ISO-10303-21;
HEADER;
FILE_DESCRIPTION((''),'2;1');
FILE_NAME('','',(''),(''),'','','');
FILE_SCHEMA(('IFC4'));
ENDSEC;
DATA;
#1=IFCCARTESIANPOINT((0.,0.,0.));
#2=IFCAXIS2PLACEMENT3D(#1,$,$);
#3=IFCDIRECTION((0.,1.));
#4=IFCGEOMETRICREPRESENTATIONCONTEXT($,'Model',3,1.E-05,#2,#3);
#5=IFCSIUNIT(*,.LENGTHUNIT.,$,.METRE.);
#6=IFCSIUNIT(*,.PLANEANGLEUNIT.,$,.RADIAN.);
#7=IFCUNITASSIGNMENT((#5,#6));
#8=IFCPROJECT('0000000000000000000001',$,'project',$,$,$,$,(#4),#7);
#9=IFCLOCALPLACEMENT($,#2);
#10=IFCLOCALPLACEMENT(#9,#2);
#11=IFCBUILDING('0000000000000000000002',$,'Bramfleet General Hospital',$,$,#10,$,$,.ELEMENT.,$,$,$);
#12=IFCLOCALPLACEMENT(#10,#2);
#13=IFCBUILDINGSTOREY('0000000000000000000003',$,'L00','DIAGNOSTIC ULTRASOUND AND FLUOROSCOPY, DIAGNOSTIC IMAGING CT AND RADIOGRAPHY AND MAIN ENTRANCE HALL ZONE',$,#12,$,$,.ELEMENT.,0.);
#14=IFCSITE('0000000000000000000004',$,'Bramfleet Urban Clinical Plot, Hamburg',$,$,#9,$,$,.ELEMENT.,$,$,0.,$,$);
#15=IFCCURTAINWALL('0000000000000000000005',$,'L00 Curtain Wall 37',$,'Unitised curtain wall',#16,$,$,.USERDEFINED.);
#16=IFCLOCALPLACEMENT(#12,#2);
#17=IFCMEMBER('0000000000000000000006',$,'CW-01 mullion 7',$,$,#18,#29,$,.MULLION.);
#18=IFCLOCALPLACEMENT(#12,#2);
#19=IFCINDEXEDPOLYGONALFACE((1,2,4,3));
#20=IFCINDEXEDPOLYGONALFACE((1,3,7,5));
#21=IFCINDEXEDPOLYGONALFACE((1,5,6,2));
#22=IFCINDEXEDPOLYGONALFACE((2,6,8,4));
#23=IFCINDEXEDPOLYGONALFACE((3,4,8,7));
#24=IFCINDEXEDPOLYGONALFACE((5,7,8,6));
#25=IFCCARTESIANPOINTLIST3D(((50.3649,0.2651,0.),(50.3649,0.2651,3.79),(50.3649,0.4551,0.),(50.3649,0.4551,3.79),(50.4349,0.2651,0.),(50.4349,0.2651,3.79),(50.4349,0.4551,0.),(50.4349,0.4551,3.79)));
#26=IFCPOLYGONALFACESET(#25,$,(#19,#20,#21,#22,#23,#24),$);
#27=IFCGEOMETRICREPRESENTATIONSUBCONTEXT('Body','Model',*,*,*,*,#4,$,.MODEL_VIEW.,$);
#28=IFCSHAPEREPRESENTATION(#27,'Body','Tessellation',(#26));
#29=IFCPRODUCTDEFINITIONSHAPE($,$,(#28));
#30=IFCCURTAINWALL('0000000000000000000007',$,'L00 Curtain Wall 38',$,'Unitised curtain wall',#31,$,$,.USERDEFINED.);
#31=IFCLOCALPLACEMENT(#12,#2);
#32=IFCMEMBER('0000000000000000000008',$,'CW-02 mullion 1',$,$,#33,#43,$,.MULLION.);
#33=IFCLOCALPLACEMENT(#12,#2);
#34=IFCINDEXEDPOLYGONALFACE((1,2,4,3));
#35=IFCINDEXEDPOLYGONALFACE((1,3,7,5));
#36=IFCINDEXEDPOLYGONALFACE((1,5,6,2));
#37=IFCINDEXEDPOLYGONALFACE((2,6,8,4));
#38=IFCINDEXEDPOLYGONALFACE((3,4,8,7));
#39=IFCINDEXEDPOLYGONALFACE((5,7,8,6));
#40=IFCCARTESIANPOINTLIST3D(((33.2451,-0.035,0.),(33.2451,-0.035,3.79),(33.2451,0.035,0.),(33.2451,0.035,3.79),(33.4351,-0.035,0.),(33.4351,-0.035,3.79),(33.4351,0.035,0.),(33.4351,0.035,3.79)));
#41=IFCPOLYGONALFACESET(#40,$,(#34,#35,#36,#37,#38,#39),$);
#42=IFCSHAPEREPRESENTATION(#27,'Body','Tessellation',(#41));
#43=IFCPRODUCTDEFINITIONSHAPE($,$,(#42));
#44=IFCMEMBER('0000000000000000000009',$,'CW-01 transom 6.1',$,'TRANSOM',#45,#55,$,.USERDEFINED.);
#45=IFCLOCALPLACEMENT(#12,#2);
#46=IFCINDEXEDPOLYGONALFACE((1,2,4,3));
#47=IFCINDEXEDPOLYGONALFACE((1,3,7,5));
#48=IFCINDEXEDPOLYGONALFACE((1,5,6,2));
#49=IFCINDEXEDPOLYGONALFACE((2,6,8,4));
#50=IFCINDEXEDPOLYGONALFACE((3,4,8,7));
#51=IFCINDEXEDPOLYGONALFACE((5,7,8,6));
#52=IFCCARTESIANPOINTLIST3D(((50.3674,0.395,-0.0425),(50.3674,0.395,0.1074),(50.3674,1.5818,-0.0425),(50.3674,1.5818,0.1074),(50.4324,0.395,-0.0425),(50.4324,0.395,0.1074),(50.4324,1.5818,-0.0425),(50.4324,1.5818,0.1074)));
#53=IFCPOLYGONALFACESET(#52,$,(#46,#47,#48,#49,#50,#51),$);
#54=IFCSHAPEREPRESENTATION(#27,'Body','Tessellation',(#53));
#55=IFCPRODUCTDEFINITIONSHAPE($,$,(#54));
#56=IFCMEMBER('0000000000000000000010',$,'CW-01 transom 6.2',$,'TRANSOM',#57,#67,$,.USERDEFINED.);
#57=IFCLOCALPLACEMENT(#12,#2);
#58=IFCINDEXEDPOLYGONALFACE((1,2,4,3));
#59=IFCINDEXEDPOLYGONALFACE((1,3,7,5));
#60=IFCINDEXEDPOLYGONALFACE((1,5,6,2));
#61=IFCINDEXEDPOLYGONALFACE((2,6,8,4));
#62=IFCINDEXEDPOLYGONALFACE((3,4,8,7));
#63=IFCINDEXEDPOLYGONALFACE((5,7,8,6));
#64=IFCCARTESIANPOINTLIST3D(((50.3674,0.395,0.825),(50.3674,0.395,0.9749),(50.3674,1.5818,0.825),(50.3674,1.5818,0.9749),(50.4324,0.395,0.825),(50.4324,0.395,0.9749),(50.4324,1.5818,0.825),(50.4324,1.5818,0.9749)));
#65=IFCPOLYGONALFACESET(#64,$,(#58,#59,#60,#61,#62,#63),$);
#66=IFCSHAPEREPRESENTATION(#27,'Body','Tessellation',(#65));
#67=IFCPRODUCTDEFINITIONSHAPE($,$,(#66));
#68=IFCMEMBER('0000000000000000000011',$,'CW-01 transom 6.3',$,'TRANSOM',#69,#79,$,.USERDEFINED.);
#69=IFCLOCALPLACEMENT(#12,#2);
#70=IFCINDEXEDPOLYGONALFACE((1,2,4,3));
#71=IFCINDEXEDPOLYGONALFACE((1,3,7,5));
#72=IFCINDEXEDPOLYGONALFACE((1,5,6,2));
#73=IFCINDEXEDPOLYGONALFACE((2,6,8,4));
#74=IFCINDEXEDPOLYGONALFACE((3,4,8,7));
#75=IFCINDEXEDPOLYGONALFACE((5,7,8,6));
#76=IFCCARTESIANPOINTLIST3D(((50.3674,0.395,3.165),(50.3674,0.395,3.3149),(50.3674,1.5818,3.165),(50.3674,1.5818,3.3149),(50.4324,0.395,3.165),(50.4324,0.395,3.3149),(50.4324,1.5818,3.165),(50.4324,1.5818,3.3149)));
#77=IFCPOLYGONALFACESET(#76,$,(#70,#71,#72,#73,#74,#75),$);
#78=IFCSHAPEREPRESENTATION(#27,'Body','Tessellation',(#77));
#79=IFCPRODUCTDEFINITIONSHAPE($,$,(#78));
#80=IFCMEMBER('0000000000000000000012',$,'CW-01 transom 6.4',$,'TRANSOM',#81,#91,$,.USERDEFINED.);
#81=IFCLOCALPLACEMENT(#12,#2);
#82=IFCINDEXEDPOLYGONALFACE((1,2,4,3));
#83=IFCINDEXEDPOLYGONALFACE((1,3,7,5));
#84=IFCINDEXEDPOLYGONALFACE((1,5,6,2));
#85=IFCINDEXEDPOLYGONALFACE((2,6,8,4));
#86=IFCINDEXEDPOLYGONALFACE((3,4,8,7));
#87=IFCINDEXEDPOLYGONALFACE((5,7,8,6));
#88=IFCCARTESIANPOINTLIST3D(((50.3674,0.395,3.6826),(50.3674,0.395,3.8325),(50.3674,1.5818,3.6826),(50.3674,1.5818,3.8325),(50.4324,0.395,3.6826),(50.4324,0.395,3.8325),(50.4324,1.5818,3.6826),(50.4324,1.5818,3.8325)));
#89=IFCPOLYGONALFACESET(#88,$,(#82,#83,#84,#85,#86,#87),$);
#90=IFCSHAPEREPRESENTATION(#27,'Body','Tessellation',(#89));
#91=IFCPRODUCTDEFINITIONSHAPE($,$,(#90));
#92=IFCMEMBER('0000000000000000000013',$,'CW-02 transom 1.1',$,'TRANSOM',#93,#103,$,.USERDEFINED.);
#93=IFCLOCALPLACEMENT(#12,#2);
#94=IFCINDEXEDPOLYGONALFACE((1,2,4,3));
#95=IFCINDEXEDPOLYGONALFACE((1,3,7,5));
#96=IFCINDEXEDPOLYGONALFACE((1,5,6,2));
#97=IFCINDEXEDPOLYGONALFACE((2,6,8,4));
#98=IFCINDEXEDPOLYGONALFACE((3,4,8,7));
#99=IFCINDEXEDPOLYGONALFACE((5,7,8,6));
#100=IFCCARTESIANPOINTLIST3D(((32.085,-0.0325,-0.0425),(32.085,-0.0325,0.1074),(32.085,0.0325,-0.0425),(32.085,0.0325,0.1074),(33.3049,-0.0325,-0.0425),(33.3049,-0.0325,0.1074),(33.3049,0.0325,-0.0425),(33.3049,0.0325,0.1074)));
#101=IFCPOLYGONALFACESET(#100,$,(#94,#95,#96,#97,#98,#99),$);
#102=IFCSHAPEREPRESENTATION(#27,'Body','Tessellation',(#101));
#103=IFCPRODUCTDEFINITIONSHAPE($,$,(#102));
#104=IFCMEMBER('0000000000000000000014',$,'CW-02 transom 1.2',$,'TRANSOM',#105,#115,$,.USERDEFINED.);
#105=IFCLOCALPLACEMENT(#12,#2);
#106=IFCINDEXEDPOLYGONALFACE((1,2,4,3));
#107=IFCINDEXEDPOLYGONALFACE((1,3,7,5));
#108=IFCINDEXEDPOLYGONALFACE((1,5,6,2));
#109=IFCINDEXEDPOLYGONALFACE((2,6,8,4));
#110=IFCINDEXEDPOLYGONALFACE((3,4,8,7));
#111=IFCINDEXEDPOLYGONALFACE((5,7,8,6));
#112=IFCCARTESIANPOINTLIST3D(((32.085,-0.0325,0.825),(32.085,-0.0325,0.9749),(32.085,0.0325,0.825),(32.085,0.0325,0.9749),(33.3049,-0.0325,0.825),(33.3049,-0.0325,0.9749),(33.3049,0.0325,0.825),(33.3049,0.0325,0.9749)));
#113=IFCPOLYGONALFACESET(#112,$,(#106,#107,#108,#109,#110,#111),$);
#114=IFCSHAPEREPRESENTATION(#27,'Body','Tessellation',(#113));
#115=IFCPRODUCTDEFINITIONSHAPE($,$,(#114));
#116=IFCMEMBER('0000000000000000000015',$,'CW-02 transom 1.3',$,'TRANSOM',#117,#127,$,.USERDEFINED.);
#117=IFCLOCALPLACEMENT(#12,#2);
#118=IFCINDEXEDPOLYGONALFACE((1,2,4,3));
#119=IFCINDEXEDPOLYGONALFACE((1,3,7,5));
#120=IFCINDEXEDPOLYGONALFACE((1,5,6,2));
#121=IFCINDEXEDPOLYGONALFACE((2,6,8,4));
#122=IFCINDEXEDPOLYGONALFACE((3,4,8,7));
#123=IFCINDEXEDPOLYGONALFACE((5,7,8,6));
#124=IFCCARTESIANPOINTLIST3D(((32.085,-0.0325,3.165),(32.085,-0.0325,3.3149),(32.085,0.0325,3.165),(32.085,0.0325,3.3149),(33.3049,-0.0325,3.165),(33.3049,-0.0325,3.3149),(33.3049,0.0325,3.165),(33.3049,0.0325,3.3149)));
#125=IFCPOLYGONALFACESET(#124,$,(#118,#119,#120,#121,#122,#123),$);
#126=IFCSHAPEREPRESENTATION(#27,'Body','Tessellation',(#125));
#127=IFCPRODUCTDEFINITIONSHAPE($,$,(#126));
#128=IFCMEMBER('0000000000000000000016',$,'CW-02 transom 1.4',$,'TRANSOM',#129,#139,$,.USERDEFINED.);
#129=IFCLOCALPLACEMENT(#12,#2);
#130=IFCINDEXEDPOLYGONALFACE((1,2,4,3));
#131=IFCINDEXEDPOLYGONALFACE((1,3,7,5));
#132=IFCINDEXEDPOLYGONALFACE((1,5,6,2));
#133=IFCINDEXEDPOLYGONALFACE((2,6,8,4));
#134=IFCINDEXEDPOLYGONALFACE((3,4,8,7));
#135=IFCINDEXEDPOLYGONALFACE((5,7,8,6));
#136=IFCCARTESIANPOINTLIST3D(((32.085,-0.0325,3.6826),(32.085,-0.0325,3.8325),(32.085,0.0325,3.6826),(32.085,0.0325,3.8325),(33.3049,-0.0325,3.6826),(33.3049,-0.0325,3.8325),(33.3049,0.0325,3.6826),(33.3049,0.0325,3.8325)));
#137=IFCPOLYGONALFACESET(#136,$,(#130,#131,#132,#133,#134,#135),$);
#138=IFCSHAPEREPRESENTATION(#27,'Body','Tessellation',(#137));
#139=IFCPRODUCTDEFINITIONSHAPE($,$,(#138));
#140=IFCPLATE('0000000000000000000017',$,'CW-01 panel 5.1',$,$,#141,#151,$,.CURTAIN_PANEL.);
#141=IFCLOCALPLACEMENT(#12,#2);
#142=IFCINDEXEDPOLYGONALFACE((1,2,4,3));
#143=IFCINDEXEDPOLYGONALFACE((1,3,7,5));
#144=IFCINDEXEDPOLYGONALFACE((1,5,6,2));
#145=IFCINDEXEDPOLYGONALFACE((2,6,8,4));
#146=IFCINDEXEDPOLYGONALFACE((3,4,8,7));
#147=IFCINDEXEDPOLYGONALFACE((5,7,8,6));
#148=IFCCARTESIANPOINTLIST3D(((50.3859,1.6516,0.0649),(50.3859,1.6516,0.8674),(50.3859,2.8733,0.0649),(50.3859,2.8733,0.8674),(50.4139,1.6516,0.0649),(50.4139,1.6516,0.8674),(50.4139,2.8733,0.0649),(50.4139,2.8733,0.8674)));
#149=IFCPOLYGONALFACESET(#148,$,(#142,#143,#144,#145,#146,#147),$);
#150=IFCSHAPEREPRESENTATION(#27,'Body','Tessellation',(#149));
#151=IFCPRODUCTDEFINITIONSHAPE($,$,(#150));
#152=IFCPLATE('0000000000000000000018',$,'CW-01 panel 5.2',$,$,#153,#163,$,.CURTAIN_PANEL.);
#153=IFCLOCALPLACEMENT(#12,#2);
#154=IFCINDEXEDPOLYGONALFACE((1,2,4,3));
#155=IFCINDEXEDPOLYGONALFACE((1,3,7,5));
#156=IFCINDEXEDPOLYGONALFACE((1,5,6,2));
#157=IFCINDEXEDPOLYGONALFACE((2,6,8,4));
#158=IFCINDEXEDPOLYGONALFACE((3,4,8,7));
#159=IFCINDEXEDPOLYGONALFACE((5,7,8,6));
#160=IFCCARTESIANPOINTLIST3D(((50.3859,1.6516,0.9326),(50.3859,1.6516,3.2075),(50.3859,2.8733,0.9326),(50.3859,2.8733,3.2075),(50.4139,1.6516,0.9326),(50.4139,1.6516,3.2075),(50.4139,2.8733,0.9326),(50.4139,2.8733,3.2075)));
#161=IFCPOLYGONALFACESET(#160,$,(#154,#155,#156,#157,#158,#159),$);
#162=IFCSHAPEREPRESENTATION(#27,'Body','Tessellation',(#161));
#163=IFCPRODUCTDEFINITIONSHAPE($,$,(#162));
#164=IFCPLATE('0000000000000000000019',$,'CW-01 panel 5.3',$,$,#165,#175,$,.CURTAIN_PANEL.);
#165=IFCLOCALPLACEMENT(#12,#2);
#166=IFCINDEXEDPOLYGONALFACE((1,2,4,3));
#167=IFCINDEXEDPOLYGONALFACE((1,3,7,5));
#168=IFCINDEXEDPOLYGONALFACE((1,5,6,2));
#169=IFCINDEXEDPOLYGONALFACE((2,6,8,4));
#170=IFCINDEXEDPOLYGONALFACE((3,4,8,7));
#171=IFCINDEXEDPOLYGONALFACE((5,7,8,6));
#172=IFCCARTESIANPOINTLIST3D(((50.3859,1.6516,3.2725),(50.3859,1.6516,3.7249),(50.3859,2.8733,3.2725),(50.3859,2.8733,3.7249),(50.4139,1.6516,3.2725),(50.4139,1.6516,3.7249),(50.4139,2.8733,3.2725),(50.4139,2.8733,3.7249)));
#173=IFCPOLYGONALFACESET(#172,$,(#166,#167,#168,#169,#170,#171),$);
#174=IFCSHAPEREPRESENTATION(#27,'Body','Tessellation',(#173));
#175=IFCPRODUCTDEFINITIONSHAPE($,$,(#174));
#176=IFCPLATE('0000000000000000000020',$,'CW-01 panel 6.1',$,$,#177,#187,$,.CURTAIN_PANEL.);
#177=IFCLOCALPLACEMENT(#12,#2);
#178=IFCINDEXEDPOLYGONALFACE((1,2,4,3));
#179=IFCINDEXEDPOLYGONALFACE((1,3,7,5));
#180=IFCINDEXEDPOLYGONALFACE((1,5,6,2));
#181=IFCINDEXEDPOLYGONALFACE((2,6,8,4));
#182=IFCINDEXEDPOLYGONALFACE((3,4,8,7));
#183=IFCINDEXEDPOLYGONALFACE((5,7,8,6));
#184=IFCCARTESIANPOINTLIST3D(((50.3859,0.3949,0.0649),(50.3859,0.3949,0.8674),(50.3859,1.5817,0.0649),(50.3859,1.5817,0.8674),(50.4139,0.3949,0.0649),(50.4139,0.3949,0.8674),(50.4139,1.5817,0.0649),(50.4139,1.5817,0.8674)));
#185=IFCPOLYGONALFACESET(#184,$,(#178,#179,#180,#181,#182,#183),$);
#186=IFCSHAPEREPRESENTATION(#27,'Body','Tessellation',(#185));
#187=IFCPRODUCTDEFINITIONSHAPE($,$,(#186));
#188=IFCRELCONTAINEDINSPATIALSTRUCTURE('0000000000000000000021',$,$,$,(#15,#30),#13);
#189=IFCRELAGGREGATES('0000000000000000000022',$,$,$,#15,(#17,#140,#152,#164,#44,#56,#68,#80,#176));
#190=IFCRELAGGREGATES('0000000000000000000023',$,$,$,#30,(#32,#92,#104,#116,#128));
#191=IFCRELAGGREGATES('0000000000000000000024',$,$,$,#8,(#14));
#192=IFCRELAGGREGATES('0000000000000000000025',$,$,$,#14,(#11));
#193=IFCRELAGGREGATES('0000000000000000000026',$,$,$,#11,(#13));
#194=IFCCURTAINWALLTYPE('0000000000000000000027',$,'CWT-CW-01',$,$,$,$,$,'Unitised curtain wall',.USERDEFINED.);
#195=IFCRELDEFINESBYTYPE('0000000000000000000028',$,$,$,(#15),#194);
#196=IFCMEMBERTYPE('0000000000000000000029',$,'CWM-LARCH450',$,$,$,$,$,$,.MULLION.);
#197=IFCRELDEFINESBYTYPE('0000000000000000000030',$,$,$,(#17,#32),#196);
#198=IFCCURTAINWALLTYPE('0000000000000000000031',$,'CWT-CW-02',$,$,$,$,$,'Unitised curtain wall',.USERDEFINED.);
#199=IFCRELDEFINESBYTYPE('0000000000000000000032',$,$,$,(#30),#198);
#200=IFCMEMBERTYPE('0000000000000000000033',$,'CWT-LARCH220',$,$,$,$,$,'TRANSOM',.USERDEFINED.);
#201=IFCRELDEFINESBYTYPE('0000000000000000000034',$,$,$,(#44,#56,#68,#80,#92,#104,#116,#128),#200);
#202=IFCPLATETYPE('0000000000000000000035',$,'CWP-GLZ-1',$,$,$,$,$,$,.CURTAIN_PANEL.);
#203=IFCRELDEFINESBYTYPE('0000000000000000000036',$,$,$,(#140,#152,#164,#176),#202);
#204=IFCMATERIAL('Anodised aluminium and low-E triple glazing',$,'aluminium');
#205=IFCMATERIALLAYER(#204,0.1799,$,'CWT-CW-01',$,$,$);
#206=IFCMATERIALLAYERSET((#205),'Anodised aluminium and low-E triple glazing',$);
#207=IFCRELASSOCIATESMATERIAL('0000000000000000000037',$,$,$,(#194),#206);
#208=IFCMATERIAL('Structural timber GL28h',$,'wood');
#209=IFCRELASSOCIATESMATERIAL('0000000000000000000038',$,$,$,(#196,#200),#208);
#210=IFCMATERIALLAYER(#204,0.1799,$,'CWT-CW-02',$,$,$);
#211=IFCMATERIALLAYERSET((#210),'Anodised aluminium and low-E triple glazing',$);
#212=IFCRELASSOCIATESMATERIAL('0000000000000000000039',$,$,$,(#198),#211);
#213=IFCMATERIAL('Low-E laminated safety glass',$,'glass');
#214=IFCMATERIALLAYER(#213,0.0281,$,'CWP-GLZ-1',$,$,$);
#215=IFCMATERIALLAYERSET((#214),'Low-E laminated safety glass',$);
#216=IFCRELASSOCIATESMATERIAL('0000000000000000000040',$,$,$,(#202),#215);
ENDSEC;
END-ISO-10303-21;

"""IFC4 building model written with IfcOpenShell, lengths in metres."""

from ifc_helpers import new_model, si_unit, direction, frame, origin, origin_2d, place, context, subcontext, project, spatial, rectangle, extrude, material, layer, layer_set, material_profile, profile_set, type_object, element, aggregate, save


model = new_model("IFC4")

# Units and contexts
model_context = context("Model", 3, precision=1e-05, world=origin(), true_north=direction((0.0, 1.0)))
body_context = subcontext(model_context, "Body", "Model", "MODEL_VIEW")
ifc_project = project(units=[si_unit("LENGTHUNIT", "METRE"), si_unit("PLANEANGLEUNIT", "RADIAN")], contexts=[model_context])

# Site, building, storey
site_placement = place(None, origin())
site = spatial("IfcSite", under=ifc_project, at=site_placement, Name="Bramfleet Urban Clinical Plot, Hamburg", CompositionType="ELEMENT", RefElevation=0.0)
building_placement = place(site_placement, origin())
building = spatial("IfcBuilding", under=site, at=building_placement, Name="Bramfleet General Hospital", CompositionType="ELEMENT")
storey_placement = place(building_placement, origin())
storey = spatial("IfcBuildingStorey", under=building, at=storey_placement, Name="L00", Description="DIAGNOSTIC ULTRASOUND AND FLUOROSCOPY, DIAGNOSTIC IMAGING CT AND RADIOGRAPHY AND MAIN ENTRANCE HALL ZONE", CompositionType="ELEMENT", Elevation=0.0)

# Curtain wall, member
ifc_material_1 = material(Name="Anodised aluminium and low-E triple glazing", Category="aluminium")
ifc_layer_1 = layer(ifc_material_1, 0.1799, Name="CWT-CW-01")
ifc_layer_set_1 = layer_set([ifc_layer_1], Name="Anodised aluminium and low-E triple glazing")
curtain_wall_type_1 = type_object("IfcCurtainWallType", Name="CWT-CW-01", ElementType="Unitised curtain wall", PredefinedType="USERDEFINED", material=ifc_layer_set_1)
curtain_wall_1_placement = place(storey_placement, origin())
curtain_wall_1 = element("IfcCurtainWall", 1, at=curtain_wall_1_placement, inside=storey, type_object=curtain_wall_type_1, Name="L00 Curtain Wall 37", ObjectType="Unitised curtain wall", PredefinedType="USERDEFINED")
ifc_material_2 = material(Name="Structural timber GL28h", Category="wood")
ifc_material_profile_1 = material_profile(ifc_material_2, rectangle(XDim=0.0701, YDim=0.1899, at=origin_2d()), Name="LARCH 190x70")
ifc_profile_set_1 = profile_set([ifc_material_profile_1], Name="Structural timber GL28h")
member_type_1 = type_object("IfcMemberType", Name="CWM-LARCH450", PredefinedType="MULLION", material=ifc_profile_set_1)
member_1_placement = place(storey_placement, frame((50.3999, 0.3601, 0.0), z_axis=(0.0, 0.0, 1.0), x_axis=(1.0, 0.0, 0.0)))
member_1 = element("IfcMember", 2, at=member_1_placement, type_object=member_type_1, Name="CW-01 mullion 7", PredefinedType="MULLION", context=body_context, shape_type="SweptSolid", body=[
    extrude(rectangle(XDim=0.0701, YDim=0.1899, at=origin_2d()), origin(), (0.0, 0.0, 1.0), 3.79),
])

# Curtain wall, member
ifc_layer_2 = layer(ifc_material_1, 0.1799, Name="CWT-CW-02")
ifc_layer_set_2 = layer_set([ifc_layer_2], Name="Anodised aluminium and low-E triple glazing")
curtain_wall_type_2 = type_object("IfcCurtainWallType", Name="CWT-CW-02", ElementType="Unitised curtain wall", PredefinedType="USERDEFINED", material=ifc_layer_set_2)
curtain_wall_2_placement = place(storey_placement, origin())
curtain_wall_2 = element("IfcCurtainWall", 3, at=curtain_wall_2_placement, inside=storey, type_object=curtain_wall_type_2, Name="L00 Curtain Wall 38", ObjectType="Unitised curtain wall", PredefinedType="USERDEFINED")
member_2_placement = place(storey_placement, frame((33.3401, 0.0, 0.0), z_axis=(0.0, 0.0, 1.0), x_axis=(0.0, -1.0, 0.0)))
member_2 = element("IfcMember", 4, at=member_2_placement, type_object=member_type_1, Name="CW-02 mullion 1", PredefinedType="MULLION", context=body_context, shape_type="SweptSolid", body=[
    extrude(rectangle(XDim=0.0701, YDim=0.1899, at=origin_2d()), origin(), (0.0, 0.0, 1.0), 3.79),
])

# Members
ifc_material_profile_2 = material_profile(ifc_material_2, rectangle(XDim=0.0649, YDim=0.1499, at=origin_2d()), Name="LARCH 150x65")
ifc_profile_set_2 = profile_set([ifc_material_profile_2], Name="Structural timber GL28h")
member_type_2 = type_object("IfcMemberType", Name="CWT-LARCH220", ElementType="TRANSOM", PredefinedType="USERDEFINED", material=ifc_profile_set_2)
member_3_placement = place(storey_placement, frame((50.3999, 1.5818, 0.0325), z_axis=(0.0, -1.0, 0.0), x_axis=(1.0, 0.0, 0.0)))
member_3 = element("IfcMember", 5, at=member_3_placement, type_object=member_type_2, Name="CW-01 transom 6.1", ObjectType="TRANSOM", PredefinedType="USERDEFINED", context=body_context, shape_type="SweptSolid", body=[
    extrude(rectangle(XDim=0.0649, YDim=0.1499, at=origin_2d()), origin(), (0.0, 0.0, 1.0), 1.1868),
])
member_4_placement = place(storey_placement, frame((50.3999, 1.5818, 0.8999), z_axis=(0.0, -1.0, 0.0), x_axis=(1.0, 0.0, 0.0)))
member_4 = element("IfcMember", 6, at=member_4_placement, type_object=member_type_2, Name="CW-01 transom 6.2", ObjectType="TRANSOM", PredefinedType="USERDEFINED", context=body_context, shape_type="SweptSolid", body=[
    extrude(rectangle(XDim=0.0649, YDim=0.1499, at=origin_2d()), origin(), (0.0, 0.0, 1.0), 1.1868),
])
member_5_placement = place(storey_placement, frame((50.3999, 1.5818, 3.24), z_axis=(0.0, -1.0, 0.0), x_axis=(1.0, 0.0, 0.0)))
member_5 = element("IfcMember", 7, at=member_5_placement, type_object=member_type_2, Name="CW-01 transom 6.3", ObjectType="TRANSOM", PredefinedType="USERDEFINED", context=body_context, shape_type="SweptSolid", body=[
    extrude(rectangle(XDim=0.0649, YDim=0.1499, at=origin_2d()), origin(), (0.0, 0.0, 1.0), 1.1868),
])
member_6_placement = place(storey_placement, frame((50.3999, 1.5818, 3.7576), z_axis=(0.0, -1.0, 0.0), x_axis=(1.0, 0.0, 0.0)))
member_6 = element("IfcMember", 8, at=member_6_placement, type_object=member_type_2, Name="CW-01 transom 6.4", ObjectType="TRANSOM", PredefinedType="USERDEFINED", context=body_context, shape_type="SweptSolid", body=[
    extrude(rectangle(XDim=0.0649, YDim=0.1499, at=origin_2d()), origin(), (0.0, 0.0, 1.0), 1.1868),
])
member_7_placement = place(storey_placement, frame((33.3049, 0.0, 0.0325), z_axis=(-1.0, 0.0, 0.0), x_axis=(0.0, -1.0, 0.0)))
member_7 = element("IfcMember", 9, at=member_7_placement, type_object=member_type_2, Name="CW-02 transom 1.1", ObjectType="TRANSOM", PredefinedType="USERDEFINED", context=body_context, shape_type="SweptSolid", body=[
    extrude(rectangle(XDim=0.0649, YDim=0.1499, at=origin_2d()), origin(), (0.0, 0.0, 1.0), 1.22),
])
member_8_placement = place(storey_placement, frame((33.3049, 0.0, 0.8999), z_axis=(-1.0, 0.0, 0.0), x_axis=(0.0, -1.0, 0.0)))
member_8 = element("IfcMember", 10, at=member_8_placement, type_object=member_type_2, Name="CW-02 transom 1.2", ObjectType="TRANSOM", PredefinedType="USERDEFINED", context=body_context, shape_type="SweptSolid", body=[
    extrude(rectangle(XDim=0.0649, YDim=0.1499, at=origin_2d()), origin(), (0.0, 0.0, 1.0), 1.22),
])
member_9_placement = place(storey_placement, frame((33.3049, 0.0, 3.24), z_axis=(-1.0, 0.0, 0.0), x_axis=(0.0, -1.0, 0.0)))
member_9 = element("IfcMember", 11, at=member_9_placement, type_object=member_type_2, Name="CW-02 transom 1.3", ObjectType="TRANSOM", PredefinedType="USERDEFINED", context=body_context, shape_type="SweptSolid", body=[
    extrude(rectangle(XDim=0.0649, YDim=0.1499, at=origin_2d()), origin(), (0.0, 0.0, 1.0), 1.22),
])
member_10_placement = place(storey_placement, frame((33.3049, 0.0, 3.7576), z_axis=(-1.0, 0.0, 0.0), x_axis=(0.0, -1.0, 0.0)))
member_10 = element("IfcMember", 12, at=member_10_placement, type_object=member_type_2, Name="CW-02 transom 1.4", ObjectType="TRANSOM", PredefinedType="USERDEFINED", context=body_context, shape_type="SweptSolid", body=[
    extrude(rectangle(XDim=0.0649, YDim=0.1499, at=origin_2d()), origin(), (0.0, 0.0, 1.0), 1.22),
])

# Plates
ifc_material_3 = material(Name="Low-E laminated safety glass", Category="glass")
ifc_layer_3 = layer(ifc_material_3, 0.0281, Name="CWP-GLZ-1")
ifc_layer_set_3 = layer_set([ifc_layer_3], Name="Low-E laminated safety glass")
plate_type_1 = type_object("IfcPlateType", Name="CWP-GLZ-1", PredefinedType="CURTAIN_PANEL", material=ifc_layer_set_3)
plate_1_placement = place(storey_placement, frame((50.3999, 2.2625, 0.0649), z_axis=(0.0, 0.0, 1.0), x_axis=(0.0, -1.0, 0.0)))
plate_1 = element("IfcPlate", 13, at=plate_1_placement, type_object=plate_type_1, Name="CW-01 panel 5.1", PredefinedType="CURTAIN_PANEL", context=body_context, shape_type="SweptSolid", body=[
    extrude(rectangle(XDim=1.2217, YDim=0.0281, at=origin_2d()), origin(), (0.0, 0.0, 1.0), 0.8025),
])
plate_2_placement = place(storey_placement, frame((50.3999, 2.2625, 0.9326), z_axis=(0.0, 0.0, 1.0), x_axis=(0.0, -1.0, 0.0)))
plate_2 = element("IfcPlate", 14, at=plate_2_placement, type_object=plate_type_1, Name="CW-01 panel 5.2", PredefinedType="CURTAIN_PANEL", context=body_context, shape_type="SweptSolid", body=[
    extrude(rectangle(XDim=1.2217, YDim=0.0281, at=origin_2d()), origin(), (0.0, 0.0, 1.0), 2.2749),
])
plate_3_placement = place(storey_placement, frame((50.3999, 2.2625, 3.2725), z_axis=(0.0, 0.0, 1.0), x_axis=(0.0, -1.0, 0.0)))
plate_3 = element("IfcPlate", 15, at=plate_3_placement, type_object=plate_type_1, Name="CW-01 panel 5.3", PredefinedType="CURTAIN_PANEL", context=body_context, shape_type="SweptSolid", body=[
    extrude(rectangle(XDim=1.2217, YDim=0.0281, at=origin_2d()), origin(), (0.0, 0.0, 1.0), 0.4524),
])
plate_4_placement = place(storey_placement, frame((50.3999, 0.9883, 0.0649), z_axis=(0.0, 0.0, 1.0), x_axis=(0.0, -1.0, 0.0)))
plate_4 = element("IfcPlate", 16, at=plate_4_placement, type_object=plate_type_1, Name="CW-01 panel 6.1", PredefinedType="CURTAIN_PANEL", context=body_context, shape_type="SweptSolid", body=[
    extrude(rectangle(XDim=1.1868, YDim=0.0281, at=origin_2d()), origin(), (0.0, 0.0, 1.0), 0.8025),
])
aggregate(curtain_wall_1, [member_1, plate_1, plate_2, plate_3, member_3, member_4, member_5, member_6, plate_4])
aggregate(curtain_wall_2, [member_2, member_7, member_8, member_9, member_10])

save(model, "model.ifc")
